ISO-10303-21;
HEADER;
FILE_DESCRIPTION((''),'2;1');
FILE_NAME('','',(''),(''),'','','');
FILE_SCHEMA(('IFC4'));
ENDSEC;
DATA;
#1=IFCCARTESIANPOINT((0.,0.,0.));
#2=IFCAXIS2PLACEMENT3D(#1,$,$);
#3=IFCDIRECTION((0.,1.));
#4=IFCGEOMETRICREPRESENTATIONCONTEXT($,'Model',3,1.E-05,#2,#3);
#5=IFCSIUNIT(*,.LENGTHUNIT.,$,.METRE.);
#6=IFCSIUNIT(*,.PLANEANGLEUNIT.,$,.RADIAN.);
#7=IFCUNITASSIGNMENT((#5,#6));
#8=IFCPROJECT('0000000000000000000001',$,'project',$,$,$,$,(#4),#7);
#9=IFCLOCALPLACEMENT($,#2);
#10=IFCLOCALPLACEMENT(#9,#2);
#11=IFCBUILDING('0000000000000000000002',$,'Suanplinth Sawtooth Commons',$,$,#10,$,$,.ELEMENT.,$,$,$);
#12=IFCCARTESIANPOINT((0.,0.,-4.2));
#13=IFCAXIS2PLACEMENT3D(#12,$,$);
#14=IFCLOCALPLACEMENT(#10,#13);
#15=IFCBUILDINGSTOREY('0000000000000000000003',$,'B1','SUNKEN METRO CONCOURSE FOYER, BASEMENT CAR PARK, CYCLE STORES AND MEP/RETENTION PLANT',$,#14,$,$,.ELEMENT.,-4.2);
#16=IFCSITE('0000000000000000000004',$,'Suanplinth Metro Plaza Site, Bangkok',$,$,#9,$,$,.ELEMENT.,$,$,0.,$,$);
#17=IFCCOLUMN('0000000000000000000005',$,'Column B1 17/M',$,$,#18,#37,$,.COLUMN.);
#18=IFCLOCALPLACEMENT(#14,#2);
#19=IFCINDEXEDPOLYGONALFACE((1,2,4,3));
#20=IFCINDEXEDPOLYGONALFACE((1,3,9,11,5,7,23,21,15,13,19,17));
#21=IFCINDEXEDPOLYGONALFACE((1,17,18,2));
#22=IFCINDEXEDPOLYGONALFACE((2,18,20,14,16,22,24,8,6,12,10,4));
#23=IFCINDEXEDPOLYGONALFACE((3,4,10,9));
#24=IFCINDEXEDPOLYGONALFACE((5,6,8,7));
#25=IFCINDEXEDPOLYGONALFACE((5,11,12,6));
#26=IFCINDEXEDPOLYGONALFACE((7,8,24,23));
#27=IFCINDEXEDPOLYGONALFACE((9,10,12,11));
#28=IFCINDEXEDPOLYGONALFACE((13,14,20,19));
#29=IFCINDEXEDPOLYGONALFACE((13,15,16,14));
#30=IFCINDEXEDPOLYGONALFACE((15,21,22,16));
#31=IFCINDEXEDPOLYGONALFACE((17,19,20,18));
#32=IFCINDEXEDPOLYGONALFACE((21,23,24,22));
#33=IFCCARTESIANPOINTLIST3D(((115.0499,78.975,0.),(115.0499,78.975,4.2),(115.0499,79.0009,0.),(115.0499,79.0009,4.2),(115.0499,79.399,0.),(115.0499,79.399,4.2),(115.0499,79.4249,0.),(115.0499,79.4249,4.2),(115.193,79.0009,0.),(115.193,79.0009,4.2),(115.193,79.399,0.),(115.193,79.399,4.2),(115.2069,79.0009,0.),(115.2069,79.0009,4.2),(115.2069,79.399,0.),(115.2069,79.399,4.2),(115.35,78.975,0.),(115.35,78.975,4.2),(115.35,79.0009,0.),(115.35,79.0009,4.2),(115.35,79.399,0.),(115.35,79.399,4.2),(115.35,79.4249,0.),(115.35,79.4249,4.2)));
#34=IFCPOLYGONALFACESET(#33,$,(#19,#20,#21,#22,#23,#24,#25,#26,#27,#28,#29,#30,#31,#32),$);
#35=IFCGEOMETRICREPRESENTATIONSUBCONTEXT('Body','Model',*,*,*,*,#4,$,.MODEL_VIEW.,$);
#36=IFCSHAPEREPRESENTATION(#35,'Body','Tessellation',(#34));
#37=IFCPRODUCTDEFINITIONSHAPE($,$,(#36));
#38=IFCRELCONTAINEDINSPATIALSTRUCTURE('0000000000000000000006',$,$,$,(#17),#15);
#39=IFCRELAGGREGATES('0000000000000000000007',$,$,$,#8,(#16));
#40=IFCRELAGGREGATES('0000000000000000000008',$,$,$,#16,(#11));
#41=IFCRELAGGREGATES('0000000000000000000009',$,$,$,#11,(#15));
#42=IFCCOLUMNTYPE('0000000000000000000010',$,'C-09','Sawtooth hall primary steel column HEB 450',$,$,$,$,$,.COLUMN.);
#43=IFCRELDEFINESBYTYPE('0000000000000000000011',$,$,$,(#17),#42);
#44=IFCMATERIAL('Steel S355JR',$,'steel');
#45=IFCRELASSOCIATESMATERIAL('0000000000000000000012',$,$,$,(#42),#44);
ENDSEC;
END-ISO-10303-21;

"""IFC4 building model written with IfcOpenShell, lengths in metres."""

from ifc_helpers import new_model, si_unit, direction, frame, origin, origin_2d, place, context, subcontext, project, spatial, i_section, extrude, material, material_profile, profile_set, type_object, element, save


model = new_model("IFC4")

# Units and contexts
model_context = context("Model", 3, precision=1e-05, world=origin(), true_north=direction((0.0, 1.0)))
body_context = subcontext(model_context, "Body", "Model", "MODEL_VIEW")
ifc_project = project(units=[si_unit("LENGTHUNIT", "METRE"), si_unit("PLANEANGLEUNIT", "RADIAN")], contexts=[model_context])

# Site, building, storey
site_placement = place(None, origin())
site = spatial("IfcSite", under=ifc_project, at=site_placement, Name="Suanplinth Metro Plaza Site, Bangkok", CompositionType="ELEMENT", RefElevation=0.0)
building_placement = place(site_placement, origin())
building = spatial("IfcBuilding", under=site, at=building_placement, Name="Suanplinth Sawtooth Commons", CompositionType="ELEMENT")
storey_placement = place(building_placement, frame((0.0, 0.0, -4.2)))
storey = spatial("IfcBuildingStorey", under=building, at=storey_placement, Name="B1", Description="SUNKEN METRO CONCOURSE FOYER, BASEMENT CAR PARK, CYCLE STORES AND MEP/RETENTION PLANT", CompositionType="ELEMENT", Elevation=-4.2)

# Column
ifc_material_1 = material(Name="Steel S355JR", Category="steel")
ifc_material_profile_1 = material_profile(ifc_material_1, i_section(OverallWidth=0.3, OverallDepth=0.45, WebThickness=0.0139, FlangeThickness=0.0259, at=origin_2d()), Name="HEB 450")
ifc_profile_set_1 = profile_set([ifc_material_profile_1], Name="Steel S355JR")
column_type_1 = type_object("IfcColumnType", Name="C-09", Description="Sawtooth hall primary steel column HEB 450", PredefinedType="COLUMN", material=ifc_profile_set_1)
for number, where, z_axis, x_axis, name in (
    (1, (115.2, 79.2, 0.0), (0.0, 0.0, 1.0), (1.0, 0.0, 0.0), "Column B1 17/M"),
):
    element("IfcColumn", number, at=place(storey_placement, frame(where, z_axis=z_axis, x_axis=x_axis)), inside=storey, type_object=column_type_1, Name=name, PredefinedType="COLUMN", context=body_context, shape_type="SweptSolid", body=[
        extrude(i_section(OverallWidth=0.3, OverallDepth=0.45, WebThickness=0.0139, FlangeThickness=0.0259, at=origin_2d()), origin(), (0.0, 0.0, 1.0), 4.2),
    ])

save(model, "model.ifc")
